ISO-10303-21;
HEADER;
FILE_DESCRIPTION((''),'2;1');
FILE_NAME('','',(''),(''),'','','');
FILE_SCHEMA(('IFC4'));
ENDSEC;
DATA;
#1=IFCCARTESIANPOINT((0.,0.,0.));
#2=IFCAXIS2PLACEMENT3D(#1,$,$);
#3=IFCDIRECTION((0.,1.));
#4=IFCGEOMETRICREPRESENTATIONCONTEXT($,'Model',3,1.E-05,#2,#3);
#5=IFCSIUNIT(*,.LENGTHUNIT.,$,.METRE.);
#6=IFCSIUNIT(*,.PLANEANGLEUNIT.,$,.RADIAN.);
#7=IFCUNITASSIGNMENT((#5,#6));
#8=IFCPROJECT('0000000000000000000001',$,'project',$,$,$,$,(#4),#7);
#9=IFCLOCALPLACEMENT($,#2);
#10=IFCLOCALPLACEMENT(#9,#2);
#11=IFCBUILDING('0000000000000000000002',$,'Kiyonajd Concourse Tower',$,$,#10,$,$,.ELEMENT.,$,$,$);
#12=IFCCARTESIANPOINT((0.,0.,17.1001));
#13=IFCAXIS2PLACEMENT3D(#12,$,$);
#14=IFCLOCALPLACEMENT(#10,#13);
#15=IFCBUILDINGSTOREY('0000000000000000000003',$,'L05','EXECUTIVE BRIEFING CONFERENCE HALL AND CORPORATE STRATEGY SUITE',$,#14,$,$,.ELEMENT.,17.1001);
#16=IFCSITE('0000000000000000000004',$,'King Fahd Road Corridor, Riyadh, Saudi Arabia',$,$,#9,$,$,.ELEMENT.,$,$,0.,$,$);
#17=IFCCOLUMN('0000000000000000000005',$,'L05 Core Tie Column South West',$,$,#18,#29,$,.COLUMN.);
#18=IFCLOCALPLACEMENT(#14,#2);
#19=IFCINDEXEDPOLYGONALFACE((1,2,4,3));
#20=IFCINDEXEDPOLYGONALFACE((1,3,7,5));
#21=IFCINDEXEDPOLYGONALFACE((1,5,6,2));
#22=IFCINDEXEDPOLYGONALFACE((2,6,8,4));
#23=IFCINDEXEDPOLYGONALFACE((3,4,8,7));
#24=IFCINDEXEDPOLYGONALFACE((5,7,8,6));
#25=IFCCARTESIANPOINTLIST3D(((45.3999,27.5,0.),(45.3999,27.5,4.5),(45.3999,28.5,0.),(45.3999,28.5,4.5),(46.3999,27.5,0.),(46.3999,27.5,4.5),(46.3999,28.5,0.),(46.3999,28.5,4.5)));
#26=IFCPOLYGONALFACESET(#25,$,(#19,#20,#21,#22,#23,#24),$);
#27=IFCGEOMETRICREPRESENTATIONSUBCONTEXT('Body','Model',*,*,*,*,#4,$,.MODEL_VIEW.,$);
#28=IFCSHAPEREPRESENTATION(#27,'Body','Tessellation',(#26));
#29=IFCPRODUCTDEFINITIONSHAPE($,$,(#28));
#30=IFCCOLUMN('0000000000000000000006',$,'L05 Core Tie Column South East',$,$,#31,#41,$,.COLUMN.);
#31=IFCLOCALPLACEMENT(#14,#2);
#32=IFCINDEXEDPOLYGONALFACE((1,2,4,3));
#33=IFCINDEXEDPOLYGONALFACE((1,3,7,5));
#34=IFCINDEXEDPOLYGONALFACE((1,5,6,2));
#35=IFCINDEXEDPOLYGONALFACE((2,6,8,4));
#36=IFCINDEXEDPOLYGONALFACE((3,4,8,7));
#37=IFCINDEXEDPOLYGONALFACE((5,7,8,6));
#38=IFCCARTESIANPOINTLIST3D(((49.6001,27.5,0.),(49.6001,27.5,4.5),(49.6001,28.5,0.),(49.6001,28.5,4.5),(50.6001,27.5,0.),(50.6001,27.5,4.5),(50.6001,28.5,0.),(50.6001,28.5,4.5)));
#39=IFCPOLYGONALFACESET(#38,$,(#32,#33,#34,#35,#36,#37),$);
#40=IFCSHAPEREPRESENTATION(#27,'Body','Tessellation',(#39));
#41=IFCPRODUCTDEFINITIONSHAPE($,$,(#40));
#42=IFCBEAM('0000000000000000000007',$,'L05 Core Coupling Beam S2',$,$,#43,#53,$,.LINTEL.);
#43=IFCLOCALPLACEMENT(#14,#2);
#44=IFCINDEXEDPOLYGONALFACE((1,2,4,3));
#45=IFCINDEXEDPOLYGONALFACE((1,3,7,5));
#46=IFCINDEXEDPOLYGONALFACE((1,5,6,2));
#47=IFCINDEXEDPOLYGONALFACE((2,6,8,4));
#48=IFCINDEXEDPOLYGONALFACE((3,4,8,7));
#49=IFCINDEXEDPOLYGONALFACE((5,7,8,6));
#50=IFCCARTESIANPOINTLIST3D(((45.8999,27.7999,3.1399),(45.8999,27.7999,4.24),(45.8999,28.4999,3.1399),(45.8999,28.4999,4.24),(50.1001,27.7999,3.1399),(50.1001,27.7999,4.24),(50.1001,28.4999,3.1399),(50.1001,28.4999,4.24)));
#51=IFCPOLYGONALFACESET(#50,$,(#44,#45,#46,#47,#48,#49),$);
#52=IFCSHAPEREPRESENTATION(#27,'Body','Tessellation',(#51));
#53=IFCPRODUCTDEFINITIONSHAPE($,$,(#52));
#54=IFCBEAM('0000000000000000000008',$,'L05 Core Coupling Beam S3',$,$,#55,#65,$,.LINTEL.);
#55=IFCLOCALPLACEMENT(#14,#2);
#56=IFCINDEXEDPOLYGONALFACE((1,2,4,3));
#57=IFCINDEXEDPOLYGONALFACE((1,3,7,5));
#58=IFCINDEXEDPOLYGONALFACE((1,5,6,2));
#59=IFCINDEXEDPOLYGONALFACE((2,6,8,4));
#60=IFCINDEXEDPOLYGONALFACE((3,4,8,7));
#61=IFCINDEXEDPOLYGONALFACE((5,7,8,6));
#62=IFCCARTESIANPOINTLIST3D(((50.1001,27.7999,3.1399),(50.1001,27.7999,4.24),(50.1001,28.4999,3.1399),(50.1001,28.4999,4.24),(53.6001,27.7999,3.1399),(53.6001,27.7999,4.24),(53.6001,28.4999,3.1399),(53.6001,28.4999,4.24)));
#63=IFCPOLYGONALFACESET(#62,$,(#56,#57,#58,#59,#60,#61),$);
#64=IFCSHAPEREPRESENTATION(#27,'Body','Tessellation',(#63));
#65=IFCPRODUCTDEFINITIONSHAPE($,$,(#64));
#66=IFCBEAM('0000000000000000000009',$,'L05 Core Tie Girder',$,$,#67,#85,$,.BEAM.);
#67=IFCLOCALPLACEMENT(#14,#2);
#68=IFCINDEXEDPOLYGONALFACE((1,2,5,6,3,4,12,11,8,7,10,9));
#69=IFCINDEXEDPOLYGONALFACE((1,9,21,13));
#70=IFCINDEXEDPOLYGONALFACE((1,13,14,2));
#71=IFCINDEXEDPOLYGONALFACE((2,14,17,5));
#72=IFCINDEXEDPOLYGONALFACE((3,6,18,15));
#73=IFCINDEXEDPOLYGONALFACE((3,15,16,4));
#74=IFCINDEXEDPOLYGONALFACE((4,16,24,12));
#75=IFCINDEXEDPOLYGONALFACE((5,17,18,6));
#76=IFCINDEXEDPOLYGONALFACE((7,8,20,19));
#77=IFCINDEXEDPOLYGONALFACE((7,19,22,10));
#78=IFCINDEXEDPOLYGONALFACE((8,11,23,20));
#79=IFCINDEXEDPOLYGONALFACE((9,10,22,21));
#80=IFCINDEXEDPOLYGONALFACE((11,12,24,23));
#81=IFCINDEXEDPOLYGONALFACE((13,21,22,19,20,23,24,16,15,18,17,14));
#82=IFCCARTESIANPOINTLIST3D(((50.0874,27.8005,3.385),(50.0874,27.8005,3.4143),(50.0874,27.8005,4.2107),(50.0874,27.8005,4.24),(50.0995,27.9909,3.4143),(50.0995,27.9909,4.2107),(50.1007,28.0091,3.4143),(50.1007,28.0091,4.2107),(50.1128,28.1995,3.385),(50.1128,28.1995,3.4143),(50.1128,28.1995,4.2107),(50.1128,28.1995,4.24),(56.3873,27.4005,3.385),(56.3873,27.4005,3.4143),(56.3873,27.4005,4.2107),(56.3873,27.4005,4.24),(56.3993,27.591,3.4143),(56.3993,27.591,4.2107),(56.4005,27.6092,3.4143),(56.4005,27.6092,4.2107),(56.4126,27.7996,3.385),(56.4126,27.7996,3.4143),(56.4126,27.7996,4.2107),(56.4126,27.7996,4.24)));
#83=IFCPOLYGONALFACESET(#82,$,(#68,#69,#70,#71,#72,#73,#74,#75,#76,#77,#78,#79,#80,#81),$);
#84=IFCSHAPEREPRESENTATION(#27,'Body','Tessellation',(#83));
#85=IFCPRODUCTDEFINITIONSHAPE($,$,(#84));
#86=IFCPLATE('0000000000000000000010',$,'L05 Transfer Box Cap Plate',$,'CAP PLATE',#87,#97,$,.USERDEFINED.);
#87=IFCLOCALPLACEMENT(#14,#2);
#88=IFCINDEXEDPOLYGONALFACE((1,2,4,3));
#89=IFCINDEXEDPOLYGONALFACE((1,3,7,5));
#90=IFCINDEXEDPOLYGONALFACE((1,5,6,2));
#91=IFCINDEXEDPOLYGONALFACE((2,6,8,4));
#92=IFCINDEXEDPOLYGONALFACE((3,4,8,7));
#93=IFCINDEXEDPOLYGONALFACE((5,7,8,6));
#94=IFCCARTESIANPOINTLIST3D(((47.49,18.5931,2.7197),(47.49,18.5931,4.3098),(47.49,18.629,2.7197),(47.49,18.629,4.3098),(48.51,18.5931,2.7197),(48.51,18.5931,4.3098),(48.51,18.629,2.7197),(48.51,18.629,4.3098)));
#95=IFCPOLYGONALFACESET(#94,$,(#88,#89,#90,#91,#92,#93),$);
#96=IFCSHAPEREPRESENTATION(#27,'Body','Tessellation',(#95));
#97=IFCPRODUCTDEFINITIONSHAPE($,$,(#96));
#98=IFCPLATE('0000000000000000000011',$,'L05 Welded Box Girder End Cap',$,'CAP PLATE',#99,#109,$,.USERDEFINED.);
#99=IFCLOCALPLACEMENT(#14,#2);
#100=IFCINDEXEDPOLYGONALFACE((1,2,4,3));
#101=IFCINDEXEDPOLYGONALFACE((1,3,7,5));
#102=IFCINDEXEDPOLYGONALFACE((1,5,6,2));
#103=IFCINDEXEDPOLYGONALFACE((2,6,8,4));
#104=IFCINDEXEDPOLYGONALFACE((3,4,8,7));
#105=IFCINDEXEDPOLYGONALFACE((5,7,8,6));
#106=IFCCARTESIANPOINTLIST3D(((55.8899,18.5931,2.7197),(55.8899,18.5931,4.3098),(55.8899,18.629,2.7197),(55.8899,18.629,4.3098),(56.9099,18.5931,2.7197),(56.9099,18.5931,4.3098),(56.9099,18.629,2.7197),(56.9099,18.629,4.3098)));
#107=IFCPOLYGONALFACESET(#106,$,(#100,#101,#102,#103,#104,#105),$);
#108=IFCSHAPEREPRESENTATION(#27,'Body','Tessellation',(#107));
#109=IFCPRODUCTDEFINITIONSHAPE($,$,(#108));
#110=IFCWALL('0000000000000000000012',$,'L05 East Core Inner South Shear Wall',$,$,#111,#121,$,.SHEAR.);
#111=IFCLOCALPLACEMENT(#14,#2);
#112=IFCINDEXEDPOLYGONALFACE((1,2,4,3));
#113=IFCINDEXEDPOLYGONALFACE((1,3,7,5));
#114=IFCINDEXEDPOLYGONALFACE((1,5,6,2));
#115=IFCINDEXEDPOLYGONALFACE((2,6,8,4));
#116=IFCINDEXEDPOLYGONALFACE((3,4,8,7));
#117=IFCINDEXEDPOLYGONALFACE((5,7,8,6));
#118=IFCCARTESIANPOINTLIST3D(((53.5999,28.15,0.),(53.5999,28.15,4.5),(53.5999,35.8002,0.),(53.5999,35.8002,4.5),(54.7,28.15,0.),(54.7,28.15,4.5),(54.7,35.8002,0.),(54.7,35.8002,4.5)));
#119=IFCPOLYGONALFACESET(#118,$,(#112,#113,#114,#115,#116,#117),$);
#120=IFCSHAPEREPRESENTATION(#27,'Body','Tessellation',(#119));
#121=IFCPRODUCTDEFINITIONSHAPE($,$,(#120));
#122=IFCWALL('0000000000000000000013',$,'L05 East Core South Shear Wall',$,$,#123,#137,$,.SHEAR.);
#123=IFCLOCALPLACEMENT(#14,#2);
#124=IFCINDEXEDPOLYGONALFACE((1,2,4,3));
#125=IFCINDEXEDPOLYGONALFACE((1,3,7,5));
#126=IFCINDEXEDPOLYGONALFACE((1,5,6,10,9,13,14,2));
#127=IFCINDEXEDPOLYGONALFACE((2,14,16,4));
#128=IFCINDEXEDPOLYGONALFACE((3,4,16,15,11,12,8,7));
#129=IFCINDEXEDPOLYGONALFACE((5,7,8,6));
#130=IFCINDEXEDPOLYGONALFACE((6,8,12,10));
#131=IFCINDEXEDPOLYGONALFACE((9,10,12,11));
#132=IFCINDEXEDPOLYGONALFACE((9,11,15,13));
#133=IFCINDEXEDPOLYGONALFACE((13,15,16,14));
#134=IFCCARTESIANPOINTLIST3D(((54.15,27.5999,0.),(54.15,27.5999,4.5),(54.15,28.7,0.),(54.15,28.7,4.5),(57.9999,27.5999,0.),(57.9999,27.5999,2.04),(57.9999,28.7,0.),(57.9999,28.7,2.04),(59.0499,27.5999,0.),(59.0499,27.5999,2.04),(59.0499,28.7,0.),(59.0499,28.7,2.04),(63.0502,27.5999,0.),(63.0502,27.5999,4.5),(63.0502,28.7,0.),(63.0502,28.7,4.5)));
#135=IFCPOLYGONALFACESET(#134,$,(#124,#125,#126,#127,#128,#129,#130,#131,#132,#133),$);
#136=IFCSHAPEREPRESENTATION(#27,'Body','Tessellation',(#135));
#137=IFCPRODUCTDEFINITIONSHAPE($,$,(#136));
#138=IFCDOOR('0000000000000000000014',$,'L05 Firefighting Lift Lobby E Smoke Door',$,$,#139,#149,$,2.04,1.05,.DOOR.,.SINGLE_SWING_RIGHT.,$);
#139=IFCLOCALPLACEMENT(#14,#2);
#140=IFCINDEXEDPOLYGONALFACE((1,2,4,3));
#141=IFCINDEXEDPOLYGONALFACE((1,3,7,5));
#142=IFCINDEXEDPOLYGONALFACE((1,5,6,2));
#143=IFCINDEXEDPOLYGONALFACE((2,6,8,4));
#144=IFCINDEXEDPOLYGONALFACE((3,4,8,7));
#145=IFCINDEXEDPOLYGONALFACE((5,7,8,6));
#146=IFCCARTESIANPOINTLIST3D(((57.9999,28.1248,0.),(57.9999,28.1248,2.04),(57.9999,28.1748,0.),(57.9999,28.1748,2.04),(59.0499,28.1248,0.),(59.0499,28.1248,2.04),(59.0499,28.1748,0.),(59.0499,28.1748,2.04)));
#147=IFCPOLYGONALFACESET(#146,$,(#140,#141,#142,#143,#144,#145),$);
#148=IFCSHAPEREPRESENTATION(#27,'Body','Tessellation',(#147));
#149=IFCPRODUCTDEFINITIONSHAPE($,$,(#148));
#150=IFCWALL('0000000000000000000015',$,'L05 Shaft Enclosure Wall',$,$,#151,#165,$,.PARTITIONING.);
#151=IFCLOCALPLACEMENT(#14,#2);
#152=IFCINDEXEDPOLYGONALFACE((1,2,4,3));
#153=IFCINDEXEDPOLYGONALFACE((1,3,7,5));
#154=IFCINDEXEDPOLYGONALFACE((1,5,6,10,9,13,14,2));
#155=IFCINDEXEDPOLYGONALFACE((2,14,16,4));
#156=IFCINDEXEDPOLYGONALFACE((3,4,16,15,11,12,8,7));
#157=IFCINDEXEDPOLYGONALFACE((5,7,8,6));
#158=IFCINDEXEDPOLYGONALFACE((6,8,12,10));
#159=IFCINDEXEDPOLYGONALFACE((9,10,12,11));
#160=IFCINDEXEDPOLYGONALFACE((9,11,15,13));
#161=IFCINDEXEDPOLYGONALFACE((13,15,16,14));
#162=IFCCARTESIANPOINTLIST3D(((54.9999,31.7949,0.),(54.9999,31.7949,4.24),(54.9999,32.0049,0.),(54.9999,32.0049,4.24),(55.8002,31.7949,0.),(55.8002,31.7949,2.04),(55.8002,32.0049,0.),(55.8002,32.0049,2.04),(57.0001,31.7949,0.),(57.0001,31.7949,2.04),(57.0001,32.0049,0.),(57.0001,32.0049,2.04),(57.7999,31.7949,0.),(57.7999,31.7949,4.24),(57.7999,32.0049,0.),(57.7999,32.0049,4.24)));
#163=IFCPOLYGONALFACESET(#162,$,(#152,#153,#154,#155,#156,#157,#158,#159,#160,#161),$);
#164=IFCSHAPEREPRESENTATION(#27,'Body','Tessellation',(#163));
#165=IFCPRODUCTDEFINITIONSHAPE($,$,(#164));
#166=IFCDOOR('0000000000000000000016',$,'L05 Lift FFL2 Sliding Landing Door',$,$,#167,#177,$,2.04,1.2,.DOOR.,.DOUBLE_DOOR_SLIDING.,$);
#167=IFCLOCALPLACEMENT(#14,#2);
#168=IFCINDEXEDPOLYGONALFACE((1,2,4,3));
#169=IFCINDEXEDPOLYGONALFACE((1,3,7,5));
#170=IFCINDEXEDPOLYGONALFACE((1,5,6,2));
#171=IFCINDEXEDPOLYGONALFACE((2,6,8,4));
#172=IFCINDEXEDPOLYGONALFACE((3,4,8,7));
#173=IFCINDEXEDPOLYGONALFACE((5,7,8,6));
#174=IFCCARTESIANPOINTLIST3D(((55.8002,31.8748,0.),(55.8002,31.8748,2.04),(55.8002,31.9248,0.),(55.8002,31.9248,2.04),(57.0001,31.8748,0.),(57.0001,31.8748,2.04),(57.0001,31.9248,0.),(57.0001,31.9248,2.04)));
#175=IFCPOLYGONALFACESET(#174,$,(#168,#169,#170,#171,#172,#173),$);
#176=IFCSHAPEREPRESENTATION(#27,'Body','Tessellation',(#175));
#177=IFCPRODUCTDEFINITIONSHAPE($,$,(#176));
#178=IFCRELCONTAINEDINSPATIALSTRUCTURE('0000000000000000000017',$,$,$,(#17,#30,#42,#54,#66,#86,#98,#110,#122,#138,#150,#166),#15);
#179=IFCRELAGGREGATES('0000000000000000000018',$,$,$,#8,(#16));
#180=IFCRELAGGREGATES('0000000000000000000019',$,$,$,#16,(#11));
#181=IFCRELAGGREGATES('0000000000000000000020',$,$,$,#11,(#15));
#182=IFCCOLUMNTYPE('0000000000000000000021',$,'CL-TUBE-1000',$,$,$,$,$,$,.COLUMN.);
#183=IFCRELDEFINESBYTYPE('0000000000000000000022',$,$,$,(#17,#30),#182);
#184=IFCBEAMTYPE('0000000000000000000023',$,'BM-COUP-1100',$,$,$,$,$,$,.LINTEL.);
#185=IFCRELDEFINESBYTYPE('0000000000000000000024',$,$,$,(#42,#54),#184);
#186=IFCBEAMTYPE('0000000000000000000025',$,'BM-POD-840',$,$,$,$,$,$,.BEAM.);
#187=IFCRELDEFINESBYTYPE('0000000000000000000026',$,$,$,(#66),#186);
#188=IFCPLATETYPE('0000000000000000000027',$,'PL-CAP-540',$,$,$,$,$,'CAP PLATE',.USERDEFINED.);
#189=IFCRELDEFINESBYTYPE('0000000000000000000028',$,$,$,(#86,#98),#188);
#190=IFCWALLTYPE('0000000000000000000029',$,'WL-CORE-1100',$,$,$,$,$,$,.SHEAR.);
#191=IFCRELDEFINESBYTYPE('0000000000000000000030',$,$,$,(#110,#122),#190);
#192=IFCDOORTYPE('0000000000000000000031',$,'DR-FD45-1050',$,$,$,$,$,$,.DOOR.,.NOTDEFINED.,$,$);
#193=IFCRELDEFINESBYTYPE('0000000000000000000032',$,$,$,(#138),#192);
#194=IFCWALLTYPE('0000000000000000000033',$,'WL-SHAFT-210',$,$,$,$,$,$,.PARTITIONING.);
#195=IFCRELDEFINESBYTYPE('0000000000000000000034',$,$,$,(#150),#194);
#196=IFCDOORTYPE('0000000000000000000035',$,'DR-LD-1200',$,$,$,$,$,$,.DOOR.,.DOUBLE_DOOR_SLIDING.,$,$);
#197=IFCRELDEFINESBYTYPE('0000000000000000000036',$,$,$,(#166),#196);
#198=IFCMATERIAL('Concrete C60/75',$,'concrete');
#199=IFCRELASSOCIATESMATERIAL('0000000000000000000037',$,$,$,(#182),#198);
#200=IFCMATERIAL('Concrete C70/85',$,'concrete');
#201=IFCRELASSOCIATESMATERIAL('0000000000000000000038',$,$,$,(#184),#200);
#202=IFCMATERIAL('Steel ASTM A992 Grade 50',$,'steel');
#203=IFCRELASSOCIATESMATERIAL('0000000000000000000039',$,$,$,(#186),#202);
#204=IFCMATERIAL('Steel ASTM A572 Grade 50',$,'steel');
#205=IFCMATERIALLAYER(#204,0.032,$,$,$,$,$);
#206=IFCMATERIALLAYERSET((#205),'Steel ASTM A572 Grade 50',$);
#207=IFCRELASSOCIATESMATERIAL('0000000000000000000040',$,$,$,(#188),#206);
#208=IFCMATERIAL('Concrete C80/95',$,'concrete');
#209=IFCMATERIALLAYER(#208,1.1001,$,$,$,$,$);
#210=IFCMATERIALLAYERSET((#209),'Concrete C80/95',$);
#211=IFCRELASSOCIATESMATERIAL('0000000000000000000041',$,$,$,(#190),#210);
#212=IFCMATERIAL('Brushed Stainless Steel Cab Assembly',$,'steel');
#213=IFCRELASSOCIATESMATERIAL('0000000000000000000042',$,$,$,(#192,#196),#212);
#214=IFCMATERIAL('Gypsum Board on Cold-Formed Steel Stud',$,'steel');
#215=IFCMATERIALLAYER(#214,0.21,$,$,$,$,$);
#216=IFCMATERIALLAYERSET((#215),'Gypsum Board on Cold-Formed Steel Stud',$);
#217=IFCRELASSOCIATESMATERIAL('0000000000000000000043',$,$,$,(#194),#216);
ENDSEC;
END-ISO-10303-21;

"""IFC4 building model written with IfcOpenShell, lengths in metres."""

from ifc_helpers import new_model, si_unit, direction, frame, frame_2d, origin, origin_2d, place, context, subcontext, project, spatial, rectangle, i_section, extrude, material, layer, layer_set, material_profile, profile_set, type_object, element, fill, save


model = new_model("IFC4")

# Units and contexts
model_context = context("Model", 3, precision=1e-05, world=origin(), true_north=direction((0.0, 1.0)))
body_context = subcontext(model_context, "Body", "Model", "MODEL_VIEW")
ifc_project = project(units=[si_unit("LENGTHUNIT", "METRE"), si_unit("PLANEANGLEUNIT", "RADIAN")], contexts=[model_context])

# Site, building, storey
site_placement = place(None, origin())
site = spatial("IfcSite", under=ifc_project, at=site_placement, Name="King Fahd Road Corridor, Riyadh, Saudi Arabia", CompositionType="ELEMENT", RefElevation=0.0)
building_placement = place(site_placement, origin())
building = spatial("IfcBuilding", under=site, at=building_placement, Name="Kiyonajd Concourse Tower", CompositionType="ELEMENT")
storey_placement = place(building_placement, frame((0.0, 0.0, 17.1001)))
storey = spatial("IfcBuildingStorey", under=building, at=storey_placement, Name="L05", Description="EXECUTIVE BRIEFING CONFERENCE HALL AND CORPORATE STRATEGY SUITE", CompositionType="ELEMENT", Elevation=17.1001)

# Columns
ifc_material_1 = material(Name="Concrete C60/75", Category="concrete")
ifc_material_profile_1 = material_profile(ifc_material_1, rectangle(XDim=1.0, YDim=1.0, at=origin_2d()), Name="RC-1000x1000")
ifc_profile_set_1 = profile_set([ifc_material_profile_1], Name="Concrete C60/75")
column_type = type_object("IfcColumnType", Name="CL-TUBE-1000", PredefinedType="COLUMN", material=ifc_profile_set_1)
for number, where, z_axis, x_axis, name in (
    (1, (45.8999, 28.0, 0.0), (0.0, 0.0, 1.0), (1.0, 0.0, 0.0), "L05 Core Tie Column South West"),
    (2, (50.1001, 28.0, 0.0), (0.0, 0.0, 1.0), (1.0, 0.0, 0.0), "L05 Core Tie Column South East"),
):
    element("IfcColumn", number, at=place(storey_placement, frame(where, z_axis=z_axis, x_axis=x_axis)), inside=storey, type_object=column_type, Name=name, PredefinedType="COLUMN", context=body_context, shape_type="SweptSolid", body=[
        extrude(rectangle(XDim=1.0, YDim=1.0, at=origin_2d()), origin(), (0.0, 0.0, 1.0), 4.5),
    ])

# Beams
ifc_material_2 = material(Name="Concrete C70/85", Category="concrete")
ifc_material_profile_2 = material_profile(ifc_material_2, rectangle(XDim=0.7, YDim=1.1001, at=origin_2d()), Name="RCBM-700x1100")
ifc_profile_set_2 = profile_set([ifc_material_profile_2], Name="Concrete C70/85")
beam_type_1 = type_object("IfcBeamType", Name="BM-COUP-1100", PredefinedType="LINTEL", material=ifc_profile_set_2)
beam_1_placement = place(storey_placement, frame((45.8999, 28.1499, 3.6899), z_axis=(1.0, 0.0, 0.0), x_axis=(0.0, 1.0, 0.0)))
element("IfcBeam", 3, at=beam_1_placement, inside=storey, type_object=beam_type_1, Name="L05 Core Coupling Beam S2", PredefinedType="LINTEL", context=body_context, shape_type="SweptSolid", body=[
    extrude(rectangle(XDim=0.7, YDim=1.1001, at=origin_2d()), origin(), (0.0, 0.0, 1.0), 4.2002),
])
beam_2_placement = place(storey_placement, frame((50.1001, 28.1499, 3.6899), z_axis=(1.0, 0.0, 0.0), x_axis=(0.0, 1.0, 0.0)))
element("IfcBeam", 4, at=beam_2_placement, inside=storey, type_object=beam_type_1, Name="L05 Core Coupling Beam S3", PredefinedType="LINTEL", context=body_context, shape_type="SweptSolid", body=[
    extrude(rectangle(XDim=0.7, YDim=1.1001, at=origin_2d()), origin(), (0.0, 0.0, 1.0), 3.5),
])
ifc_material_3 = material(Name="Steel ASTM A992 Grade 50", Category="steel")
ifc_material_profile_3 = material_profile(ifc_material_3, i_section(OverallWidth=0.3999, OverallDepth=0.855, WebThickness=0.0183, FlangeThickness=0.0293, at=origin_2d()), Name="W840X299")
ifc_profile_set_3 = profile_set([ifc_material_profile_3], Name="Steel ASTM A992 Grade 50")
beam_type_2 = type_object("IfcBeamType", Name="BM-POD-840", PredefinedType="BEAM", material=ifc_profile_set_3)
beam_3_placement = place(storey_placement, frame((50.1001, 28.0, 3.8125), z_axis=(0.997991, -0.063351, 0.0), x_axis=(0.063351, 0.997991, 0.0)))
element("IfcBeam", 5, at=beam_3_placement, inside=storey, type_object=beam_type_2, Name="L05 Core Tie Girder", PredefinedType="BEAM", context=body_context, shape_type="SweptSolid", body=[
    extrude(i_section(OverallWidth=0.3999, OverallDepth=0.855, WebThickness=0.0183, FlangeThickness=0.0293, at=origin_2d()), origin(), (0.0, 0.0, 1.0), 6.3125),
])

# Plates
ifc_material_4 = material(Name="Steel ASTM A572 Grade 50", Category="steel")
ifc_layer_1 = layer(ifc_material_4, 0.032)
ifc_layer_set_1 = layer_set([ifc_layer_1], Name="Steel ASTM A572 Grade 50")
plate_type = type_object("IfcPlateType", Name="PL-CAP-540", ElementType="CAP PLATE", PredefinedType="USERDEFINED", material=ifc_layer_set_1)
for number, where, z_axis, x_axis, name in (
    (6, (48.0, 18.6111, 2.7197), (0.0, 0.0, 1.0), (0.0, 1.0, 0.0), "L05 Transfer Box Cap Plate"),
    (7, (56.3999, 18.6111, 2.7197), (0.0, 0.0, 1.0), (0.0, 1.0, 0.0), "L05 Welded Box Girder End Cap"),
):
    element("IfcPlate", number, at=place(storey_placement, frame(where, z_axis=z_axis, x_axis=x_axis)), inside=storey, type_object=plate_type, Name=name, ObjectType="CAP PLATE", PredefinedType="USERDEFINED", context=body_context, shape_type="SweptSolid", body=[
        extrude(rectangle(XDim=0.0359, YDim=1.02, at=origin_2d()), origin(), (0.0, 0.0, 1.0), 1.5901),
    ])

# Wall
ifc_material_5 = material(Name="Concrete C80/95", Category="concrete")
ifc_layer_2 = layer(ifc_material_5, 1.1001)
ifc_layer_set_2 = layer_set([ifc_layer_2], Name="Concrete C80/95")
wall_type_1 = type_object("IfcWallType", Name="WL-CORE-1100", PredefinedType="SHEAR", material=ifc_layer_set_2)
wall_1_placement = place(storey_placement, frame((54.1499, 28.1499, 0.0), z_axis=(0.0, 0.0, 1.0), x_axis=(0.0, 1.0, 0.0)))
element("IfcWall", 8, at=wall_1_placement, inside=storey, type_object=wall_type_1, Name="L05 East Core Inner South Shear Wall", PredefinedType="SHEAR", context=body_context, shape_type="SweptSolid", body=[
    extrude(rectangle(XDim=7.6501, YDim=1.1001, at=frame_2d((3.8252, 0.0))), origin(), (0.0, 0.0, 1.0), 4.5),
])

# Walls, openings, doors
wall_2_placement = place(storey_placement, frame((54.1499, 28.1499, 0.0), z_axis=(0.0, 0.0, 1.0), x_axis=(1.0, 0.0, 0.0)))
wall_2 = element("IfcWall", 9, at=wall_2_placement, inside=storey, type_object=wall_type_1, Name="L05 East Core South Shear Wall", PredefinedType="SHEAR", context=body_context, shape_type="SweptSolid", body=[
    extrude(rectangle(XDim=8.9001, YDim=1.1001, at=frame_2d((4.4502, 0.0))), origin(), (0.0, 0.0, 1.0), 4.5),
])
opening_1_placement = place(wall_2_placement, frame((3.8501, 0.0, 0.0)))
opening_1 = element("IfcOpeningElement", 10, at=opening_1_placement, cuts=wall_2, PredefinedType="OPENING", context=body_context, shape_type="SweptSolid", body=[
    extrude(rectangle(XDim=1.05, YDim=2.04, at=frame_2d((0.5249, 1.02))), frame((0.0, 0.5601, 0.0), z_axis=(0.0, -1.0, 0.0), x_axis=(1.0, 0.0, 0.0)), (0.0, 0.0, 1.0), 1.1201),
])
ifc_material_6 = material(Name="Brushed Stainless Steel Cab Assembly", Category="steel")
door_type_1 = type_object("IfcDoorType", Name="DR-FD45-1050", OperationType="NOTDEFINED", PredefinedType="DOOR", material=ifc_material_6)
door_1_placement = place(opening_1_placement, origin())
door_1 = element("IfcDoor", 11, at=door_1_placement, inside=storey, type_object=door_type_1, Name="L05 Firefighting Lift Lobby E Smoke Door", OperationType="SINGLE_SWING_RIGHT", OverallHeight=2.04, OverallWidth=1.05, PredefinedType="DOOR", context=body_context, shape_type="SweptSolid", body=[
    extrude(rectangle(XDim=1.05, YDim=2.04, at=frame_2d((0.5249, 1.02))), frame((0.0, 0.0249, 0.0), z_axis=(0.0, -1.0, 0.0), x_axis=(1.0, 0.0, 0.0)), (0.0, 0.0, 1.0), 0.05),
])
fill(opening_1, door_1)
ifc_material_7 = material(Name="Gypsum Board on Cold-Formed Steel Stud", Category="steel")
ifc_layer_3 = layer(ifc_material_7, 0.21)
ifc_layer_set_3 = layer_set([ifc_layer_3], Name="Gypsum Board on Cold-Formed Steel Stud")
wall_type_2 = type_object("IfcWallType", Name="WL-SHAFT-210", PredefinedType="PARTITIONING", material=ifc_layer_set_3)
wall_3_placement = place(storey_placement, frame((55.0, 31.8999, 0.0), z_axis=(0.0, 0.0, 1.0), x_axis=(1.0, 0.0, 0.0)))
wall_3 = element("IfcWall", 12, at=wall_3_placement, inside=storey, type_object=wall_type_2, Name="L05 Shaft Enclosure Wall", PredefinedType="PARTITIONING", context=body_context, shape_type="SweptSolid", body=[
    extrude(rectangle(XDim=2.8, YDim=0.21, at=frame_2d((1.3999, 0.0))), origin(), (0.0, 0.0, 1.0), 4.24),
])
opening_2_placement = place(wall_3_placement, frame((0.8, 0.0, 0.0)))
opening_2 = element("IfcOpeningElement", 13, at=opening_2_placement, cuts=wall_3, PredefinedType="OPENING", context=body_context, shape_type="SweptSolid", body=[
    extrude(rectangle(XDim=1.2, YDim=2.04, at=frame_2d((0.6001, 1.02))), frame((0.0, 0.115, 0.0), z_axis=(0.0, -1.0, 0.0), x_axis=(1.0, 0.0, 0.0)), (0.0, 0.0, 1.0), 0.23),
])
door_type_2 = type_object("IfcDoorType", Name="DR-LD-1200", OperationType="DOUBLE_DOOR_SLIDING", PredefinedType="DOOR", material=ifc_material_6)
door_2_placement = place(opening_2_placement, origin())
door_2 = element("IfcDoor", 14, at=door_2_placement, inside=storey, type_object=door_type_2, Name="L05 Lift FFL2 Sliding Landing Door", OperationType="DOUBLE_DOOR_SLIDING", OverallHeight=2.04, OverallWidth=1.2, PredefinedType="DOOR", context=body_context, shape_type="SweptSolid", body=[
    extrude(rectangle(XDim=1.2, YDim=2.04, at=frame_2d((0.6001, 1.02))), frame((0.0, 0.0249, 0.0), z_axis=(0.0, -1.0, 0.0), x_axis=(1.0, 0.0, 0.0)), (0.0, 0.0, 1.0), 0.05),
])
fill(opening_2, door_2)

save(model, "model.ifc")
